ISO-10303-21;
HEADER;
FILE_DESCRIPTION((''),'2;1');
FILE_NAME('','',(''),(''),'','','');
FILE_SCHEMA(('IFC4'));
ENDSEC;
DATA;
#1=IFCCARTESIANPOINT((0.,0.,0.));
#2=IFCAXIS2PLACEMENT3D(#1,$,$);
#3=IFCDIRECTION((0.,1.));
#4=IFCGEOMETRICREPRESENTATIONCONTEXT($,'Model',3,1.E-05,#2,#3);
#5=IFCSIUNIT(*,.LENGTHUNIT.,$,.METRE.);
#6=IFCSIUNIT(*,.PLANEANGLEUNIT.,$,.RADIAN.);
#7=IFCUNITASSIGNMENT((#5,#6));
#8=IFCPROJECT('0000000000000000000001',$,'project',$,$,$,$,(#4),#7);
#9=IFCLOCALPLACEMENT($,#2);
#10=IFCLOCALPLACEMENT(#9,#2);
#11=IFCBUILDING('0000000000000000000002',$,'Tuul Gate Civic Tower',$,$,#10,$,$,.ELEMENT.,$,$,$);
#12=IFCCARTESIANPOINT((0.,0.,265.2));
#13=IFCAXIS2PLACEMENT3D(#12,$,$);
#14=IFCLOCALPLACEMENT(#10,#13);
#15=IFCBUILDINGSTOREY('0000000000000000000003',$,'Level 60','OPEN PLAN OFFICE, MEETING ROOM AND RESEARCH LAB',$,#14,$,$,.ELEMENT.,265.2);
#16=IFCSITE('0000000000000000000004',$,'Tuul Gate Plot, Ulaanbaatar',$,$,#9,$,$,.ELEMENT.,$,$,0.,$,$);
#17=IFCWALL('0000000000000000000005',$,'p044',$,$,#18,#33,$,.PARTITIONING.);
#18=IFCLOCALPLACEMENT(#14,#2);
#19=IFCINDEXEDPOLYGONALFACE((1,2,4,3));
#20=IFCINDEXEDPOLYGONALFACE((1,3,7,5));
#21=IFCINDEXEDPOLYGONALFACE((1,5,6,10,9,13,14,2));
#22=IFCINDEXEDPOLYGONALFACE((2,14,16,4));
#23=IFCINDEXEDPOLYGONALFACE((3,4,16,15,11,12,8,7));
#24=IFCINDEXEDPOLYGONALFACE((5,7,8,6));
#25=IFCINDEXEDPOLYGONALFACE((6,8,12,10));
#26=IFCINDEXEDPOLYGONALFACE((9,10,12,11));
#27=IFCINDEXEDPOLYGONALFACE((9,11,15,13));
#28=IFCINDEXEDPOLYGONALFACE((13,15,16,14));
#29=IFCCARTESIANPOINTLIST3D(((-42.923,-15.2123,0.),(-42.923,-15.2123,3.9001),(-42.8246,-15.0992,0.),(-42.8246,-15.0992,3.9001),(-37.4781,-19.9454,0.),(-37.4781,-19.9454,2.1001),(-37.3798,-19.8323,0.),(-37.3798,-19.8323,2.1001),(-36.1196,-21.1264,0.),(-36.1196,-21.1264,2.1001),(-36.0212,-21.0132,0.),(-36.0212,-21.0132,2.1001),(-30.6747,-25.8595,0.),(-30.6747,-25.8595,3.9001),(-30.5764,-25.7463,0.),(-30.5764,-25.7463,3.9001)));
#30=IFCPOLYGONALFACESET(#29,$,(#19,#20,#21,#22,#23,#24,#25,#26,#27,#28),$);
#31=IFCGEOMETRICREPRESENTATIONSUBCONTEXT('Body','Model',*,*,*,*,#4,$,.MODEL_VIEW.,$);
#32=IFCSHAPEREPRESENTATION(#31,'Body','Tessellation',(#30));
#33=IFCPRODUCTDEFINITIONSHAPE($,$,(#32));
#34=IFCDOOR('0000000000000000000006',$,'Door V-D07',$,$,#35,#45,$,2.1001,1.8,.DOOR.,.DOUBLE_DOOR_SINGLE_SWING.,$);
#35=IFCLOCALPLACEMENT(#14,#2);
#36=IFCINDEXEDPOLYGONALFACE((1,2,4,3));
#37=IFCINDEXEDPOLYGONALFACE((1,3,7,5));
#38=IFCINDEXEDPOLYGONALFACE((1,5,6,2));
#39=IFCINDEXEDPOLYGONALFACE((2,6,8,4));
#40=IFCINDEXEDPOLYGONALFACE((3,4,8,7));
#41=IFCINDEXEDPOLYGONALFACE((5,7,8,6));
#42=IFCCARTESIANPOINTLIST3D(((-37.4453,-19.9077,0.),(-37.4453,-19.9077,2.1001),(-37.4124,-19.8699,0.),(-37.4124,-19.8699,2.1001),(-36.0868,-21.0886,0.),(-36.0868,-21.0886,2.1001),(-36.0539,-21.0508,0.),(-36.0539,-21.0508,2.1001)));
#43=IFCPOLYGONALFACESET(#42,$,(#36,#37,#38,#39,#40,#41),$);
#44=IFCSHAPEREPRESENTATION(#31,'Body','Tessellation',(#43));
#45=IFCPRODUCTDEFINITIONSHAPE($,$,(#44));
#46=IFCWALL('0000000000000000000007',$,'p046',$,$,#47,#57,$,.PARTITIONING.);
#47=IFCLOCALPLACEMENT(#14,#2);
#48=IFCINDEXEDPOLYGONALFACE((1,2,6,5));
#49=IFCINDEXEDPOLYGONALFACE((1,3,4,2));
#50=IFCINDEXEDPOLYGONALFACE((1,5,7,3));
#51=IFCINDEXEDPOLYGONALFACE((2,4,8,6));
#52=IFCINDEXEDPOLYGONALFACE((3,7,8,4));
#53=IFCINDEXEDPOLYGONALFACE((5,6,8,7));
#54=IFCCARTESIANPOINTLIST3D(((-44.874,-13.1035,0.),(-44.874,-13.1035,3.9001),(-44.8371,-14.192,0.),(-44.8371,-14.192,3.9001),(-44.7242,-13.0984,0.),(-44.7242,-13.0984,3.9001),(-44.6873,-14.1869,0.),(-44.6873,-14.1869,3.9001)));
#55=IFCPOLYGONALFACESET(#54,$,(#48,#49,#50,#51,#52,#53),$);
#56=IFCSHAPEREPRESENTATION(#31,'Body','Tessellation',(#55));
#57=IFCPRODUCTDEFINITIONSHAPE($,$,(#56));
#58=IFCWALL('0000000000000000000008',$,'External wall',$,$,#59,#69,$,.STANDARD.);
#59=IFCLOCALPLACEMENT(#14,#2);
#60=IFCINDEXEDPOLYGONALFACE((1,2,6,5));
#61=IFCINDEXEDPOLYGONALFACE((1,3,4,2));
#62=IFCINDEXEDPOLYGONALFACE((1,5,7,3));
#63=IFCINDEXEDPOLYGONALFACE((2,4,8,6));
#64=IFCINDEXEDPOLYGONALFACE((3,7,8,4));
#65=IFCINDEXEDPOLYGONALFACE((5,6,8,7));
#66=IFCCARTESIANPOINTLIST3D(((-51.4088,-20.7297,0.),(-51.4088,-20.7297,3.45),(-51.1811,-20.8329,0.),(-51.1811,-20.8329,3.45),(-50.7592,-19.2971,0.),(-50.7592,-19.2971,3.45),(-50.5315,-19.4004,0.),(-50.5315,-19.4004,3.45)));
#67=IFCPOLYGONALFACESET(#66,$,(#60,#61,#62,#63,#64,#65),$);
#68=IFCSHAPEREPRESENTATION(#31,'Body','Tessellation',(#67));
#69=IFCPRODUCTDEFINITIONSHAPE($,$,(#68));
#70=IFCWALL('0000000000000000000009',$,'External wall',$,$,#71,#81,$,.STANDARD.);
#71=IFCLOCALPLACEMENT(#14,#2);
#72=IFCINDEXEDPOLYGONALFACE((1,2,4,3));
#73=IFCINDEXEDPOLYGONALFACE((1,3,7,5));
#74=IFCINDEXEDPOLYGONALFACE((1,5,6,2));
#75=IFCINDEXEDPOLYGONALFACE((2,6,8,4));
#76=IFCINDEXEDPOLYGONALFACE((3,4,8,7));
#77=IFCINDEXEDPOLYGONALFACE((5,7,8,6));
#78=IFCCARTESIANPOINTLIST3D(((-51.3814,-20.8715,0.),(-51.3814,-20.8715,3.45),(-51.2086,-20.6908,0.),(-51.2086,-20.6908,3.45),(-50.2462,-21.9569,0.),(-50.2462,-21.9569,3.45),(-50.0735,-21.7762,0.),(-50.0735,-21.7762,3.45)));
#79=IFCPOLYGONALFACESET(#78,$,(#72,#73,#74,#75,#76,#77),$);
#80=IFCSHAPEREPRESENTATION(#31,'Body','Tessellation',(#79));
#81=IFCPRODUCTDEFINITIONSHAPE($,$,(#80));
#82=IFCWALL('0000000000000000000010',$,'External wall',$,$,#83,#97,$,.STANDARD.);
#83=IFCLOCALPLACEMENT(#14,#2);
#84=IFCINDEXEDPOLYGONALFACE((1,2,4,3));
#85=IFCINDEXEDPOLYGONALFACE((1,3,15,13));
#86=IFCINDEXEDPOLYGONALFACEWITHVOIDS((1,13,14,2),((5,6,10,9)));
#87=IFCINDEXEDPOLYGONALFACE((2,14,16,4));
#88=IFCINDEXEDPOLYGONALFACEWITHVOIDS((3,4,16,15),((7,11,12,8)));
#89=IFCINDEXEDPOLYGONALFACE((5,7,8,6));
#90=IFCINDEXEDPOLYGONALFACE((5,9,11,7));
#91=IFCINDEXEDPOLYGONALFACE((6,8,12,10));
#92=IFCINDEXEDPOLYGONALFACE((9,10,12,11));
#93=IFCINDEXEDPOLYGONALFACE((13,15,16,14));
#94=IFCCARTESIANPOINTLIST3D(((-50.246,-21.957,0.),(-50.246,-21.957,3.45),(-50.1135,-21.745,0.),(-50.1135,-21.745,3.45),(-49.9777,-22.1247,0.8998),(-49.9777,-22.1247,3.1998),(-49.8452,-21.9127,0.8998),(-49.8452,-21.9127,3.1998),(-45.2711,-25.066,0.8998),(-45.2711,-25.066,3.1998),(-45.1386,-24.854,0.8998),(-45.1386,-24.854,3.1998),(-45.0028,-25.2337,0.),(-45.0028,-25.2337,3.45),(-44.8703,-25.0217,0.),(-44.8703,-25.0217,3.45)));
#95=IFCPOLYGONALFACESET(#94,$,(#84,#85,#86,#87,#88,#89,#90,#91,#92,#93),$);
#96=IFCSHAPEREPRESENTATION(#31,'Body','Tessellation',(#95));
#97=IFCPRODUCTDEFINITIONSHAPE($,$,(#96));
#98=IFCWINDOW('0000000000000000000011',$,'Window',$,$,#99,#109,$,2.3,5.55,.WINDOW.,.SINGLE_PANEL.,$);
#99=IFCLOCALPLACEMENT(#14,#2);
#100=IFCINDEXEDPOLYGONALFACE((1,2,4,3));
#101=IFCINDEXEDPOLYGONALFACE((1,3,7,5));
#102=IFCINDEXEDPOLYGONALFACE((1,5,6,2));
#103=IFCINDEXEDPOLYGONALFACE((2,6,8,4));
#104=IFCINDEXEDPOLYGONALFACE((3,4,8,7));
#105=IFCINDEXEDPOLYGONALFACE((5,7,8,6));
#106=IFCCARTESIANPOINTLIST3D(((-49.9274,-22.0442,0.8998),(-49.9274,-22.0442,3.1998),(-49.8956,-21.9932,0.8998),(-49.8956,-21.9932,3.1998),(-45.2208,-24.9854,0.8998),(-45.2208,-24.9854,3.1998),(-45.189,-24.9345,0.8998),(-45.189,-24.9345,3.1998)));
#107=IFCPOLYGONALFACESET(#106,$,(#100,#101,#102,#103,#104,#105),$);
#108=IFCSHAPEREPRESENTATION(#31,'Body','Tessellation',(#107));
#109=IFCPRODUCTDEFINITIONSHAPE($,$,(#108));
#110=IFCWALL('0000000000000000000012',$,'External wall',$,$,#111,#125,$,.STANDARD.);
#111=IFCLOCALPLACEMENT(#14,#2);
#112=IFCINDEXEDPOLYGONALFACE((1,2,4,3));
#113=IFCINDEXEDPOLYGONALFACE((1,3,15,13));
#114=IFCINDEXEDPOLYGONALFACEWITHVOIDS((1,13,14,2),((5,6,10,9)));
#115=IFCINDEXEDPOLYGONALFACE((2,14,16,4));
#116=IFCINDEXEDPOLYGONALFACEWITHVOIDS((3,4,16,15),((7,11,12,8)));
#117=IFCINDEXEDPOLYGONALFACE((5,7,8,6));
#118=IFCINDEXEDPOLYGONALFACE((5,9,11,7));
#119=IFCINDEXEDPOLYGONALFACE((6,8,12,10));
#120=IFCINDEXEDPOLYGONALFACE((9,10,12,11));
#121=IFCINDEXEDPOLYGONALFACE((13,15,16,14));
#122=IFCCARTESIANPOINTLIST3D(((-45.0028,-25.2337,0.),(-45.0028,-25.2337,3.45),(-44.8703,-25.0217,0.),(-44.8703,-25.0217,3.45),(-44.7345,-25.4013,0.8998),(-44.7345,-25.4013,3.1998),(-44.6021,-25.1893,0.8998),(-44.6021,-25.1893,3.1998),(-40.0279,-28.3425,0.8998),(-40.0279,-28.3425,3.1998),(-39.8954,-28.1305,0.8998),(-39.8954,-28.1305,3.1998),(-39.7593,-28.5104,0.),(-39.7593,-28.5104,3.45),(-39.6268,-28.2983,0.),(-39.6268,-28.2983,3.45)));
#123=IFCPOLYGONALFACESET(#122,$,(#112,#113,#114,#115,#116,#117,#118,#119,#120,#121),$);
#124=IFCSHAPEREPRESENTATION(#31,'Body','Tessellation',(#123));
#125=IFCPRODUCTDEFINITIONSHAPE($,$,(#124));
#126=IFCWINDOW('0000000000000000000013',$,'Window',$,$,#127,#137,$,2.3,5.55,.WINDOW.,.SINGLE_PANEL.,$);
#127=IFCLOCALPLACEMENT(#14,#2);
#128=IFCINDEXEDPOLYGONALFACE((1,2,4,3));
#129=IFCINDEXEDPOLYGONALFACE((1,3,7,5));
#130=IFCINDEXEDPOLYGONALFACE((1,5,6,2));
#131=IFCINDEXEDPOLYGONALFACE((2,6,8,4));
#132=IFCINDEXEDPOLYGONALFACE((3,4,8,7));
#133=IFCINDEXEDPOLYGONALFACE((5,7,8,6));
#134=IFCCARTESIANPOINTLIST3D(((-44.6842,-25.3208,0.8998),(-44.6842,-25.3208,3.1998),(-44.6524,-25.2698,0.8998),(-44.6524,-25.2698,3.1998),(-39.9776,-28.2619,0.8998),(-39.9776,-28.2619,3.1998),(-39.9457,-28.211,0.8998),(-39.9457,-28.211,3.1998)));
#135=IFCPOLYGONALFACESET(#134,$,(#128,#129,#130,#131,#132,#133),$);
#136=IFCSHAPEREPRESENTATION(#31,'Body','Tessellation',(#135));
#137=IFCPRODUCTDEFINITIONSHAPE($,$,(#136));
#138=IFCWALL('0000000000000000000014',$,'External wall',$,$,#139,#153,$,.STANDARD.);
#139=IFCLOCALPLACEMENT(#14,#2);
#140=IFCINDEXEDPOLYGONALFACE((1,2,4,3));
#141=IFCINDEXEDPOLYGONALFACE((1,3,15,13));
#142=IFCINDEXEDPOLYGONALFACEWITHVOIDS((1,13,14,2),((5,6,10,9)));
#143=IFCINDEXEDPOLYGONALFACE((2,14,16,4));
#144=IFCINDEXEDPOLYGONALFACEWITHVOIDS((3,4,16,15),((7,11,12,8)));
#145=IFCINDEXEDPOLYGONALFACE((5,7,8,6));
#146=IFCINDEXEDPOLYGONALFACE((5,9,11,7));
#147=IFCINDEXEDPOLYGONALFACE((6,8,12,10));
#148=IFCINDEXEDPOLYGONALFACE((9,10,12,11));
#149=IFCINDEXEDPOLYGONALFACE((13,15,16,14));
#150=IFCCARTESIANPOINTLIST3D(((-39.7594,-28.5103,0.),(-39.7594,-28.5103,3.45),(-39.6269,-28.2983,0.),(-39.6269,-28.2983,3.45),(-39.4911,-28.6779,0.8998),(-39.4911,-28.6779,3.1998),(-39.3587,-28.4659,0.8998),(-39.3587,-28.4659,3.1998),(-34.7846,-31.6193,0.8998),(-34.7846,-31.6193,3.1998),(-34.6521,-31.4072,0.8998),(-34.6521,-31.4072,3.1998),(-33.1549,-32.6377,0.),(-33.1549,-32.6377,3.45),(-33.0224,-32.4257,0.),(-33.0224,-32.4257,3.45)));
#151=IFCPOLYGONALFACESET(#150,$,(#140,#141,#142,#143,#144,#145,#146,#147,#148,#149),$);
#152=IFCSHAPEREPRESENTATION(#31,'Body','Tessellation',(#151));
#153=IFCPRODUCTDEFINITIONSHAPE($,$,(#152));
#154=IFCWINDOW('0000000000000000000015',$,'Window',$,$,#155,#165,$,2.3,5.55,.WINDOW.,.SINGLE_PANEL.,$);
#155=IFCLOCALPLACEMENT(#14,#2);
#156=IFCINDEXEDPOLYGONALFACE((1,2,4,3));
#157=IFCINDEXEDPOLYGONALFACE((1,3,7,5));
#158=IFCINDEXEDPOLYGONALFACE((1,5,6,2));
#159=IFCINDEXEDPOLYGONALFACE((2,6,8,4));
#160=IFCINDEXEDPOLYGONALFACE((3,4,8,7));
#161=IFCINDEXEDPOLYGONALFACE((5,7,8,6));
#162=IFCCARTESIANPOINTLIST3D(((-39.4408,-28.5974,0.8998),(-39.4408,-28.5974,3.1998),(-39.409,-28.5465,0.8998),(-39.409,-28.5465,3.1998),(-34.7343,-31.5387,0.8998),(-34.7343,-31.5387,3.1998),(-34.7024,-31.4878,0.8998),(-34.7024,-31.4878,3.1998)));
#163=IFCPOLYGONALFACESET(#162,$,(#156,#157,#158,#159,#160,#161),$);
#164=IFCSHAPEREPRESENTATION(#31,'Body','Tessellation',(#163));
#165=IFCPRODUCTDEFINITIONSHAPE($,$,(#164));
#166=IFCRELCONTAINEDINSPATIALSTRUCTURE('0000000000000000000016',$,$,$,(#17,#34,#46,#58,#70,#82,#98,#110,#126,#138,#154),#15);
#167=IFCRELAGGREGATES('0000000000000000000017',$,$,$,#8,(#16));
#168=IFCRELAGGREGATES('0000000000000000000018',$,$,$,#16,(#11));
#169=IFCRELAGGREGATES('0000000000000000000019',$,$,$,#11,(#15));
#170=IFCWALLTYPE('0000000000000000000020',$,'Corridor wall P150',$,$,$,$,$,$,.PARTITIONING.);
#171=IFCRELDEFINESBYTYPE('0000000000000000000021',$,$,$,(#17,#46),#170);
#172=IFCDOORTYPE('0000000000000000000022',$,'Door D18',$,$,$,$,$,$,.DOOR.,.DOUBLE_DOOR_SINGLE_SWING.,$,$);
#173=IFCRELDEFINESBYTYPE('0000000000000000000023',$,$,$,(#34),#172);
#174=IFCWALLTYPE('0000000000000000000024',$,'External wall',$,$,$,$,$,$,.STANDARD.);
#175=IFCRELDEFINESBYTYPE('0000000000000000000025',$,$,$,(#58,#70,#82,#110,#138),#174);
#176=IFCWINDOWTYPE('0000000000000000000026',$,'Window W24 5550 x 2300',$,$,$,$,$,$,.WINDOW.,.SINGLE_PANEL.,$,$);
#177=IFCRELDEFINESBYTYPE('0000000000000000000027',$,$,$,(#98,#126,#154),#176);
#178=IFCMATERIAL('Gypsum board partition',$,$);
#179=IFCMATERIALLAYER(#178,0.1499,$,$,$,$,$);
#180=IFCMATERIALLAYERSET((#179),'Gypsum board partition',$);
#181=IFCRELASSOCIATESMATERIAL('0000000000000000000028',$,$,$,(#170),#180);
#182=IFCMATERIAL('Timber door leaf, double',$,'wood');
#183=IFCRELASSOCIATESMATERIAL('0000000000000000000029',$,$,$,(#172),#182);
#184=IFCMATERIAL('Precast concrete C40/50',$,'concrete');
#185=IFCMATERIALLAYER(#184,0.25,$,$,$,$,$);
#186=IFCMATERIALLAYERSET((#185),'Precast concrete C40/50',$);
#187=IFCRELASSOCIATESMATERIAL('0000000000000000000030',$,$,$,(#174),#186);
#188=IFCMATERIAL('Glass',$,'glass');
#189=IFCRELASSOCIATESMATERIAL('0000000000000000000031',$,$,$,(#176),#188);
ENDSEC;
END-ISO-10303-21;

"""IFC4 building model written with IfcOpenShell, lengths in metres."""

from ifc_helpers import new_model, si_unit, direction, frame, frame_2d, origin, place, context, subcontext, project, spatial, rectangle, extrude, material, layer, layer_set, type_object, element, fill, save


model = new_model("IFC4")

# Units and contexts
model_context = context("Model", 3, precision=1e-05, world=origin(), true_north=direction((0.0, 1.0)))
body_context = subcontext(model_context, "Body", "Model", "MODEL_VIEW")
ifc_project = project(units=[si_unit("LENGTHUNIT", "METRE"), si_unit("PLANEANGLEUNIT", "RADIAN")], contexts=[model_context])

# Site, building, storey
site_placement = place(None, origin())
site = spatial("IfcSite", under=ifc_project, at=site_placement, Name="Tuul Gate Plot, Ulaanbaatar", CompositionType="ELEMENT", RefElevation=0.0)
building_placement = place(site_placement, origin())
building = spatial("IfcBuilding", under=site, at=building_placement, Name="Tuul Gate Civic Tower", CompositionType="ELEMENT")
storey_placement = place(building_placement, frame((0.0, 0.0, 265.2)))
storey = spatial("IfcBuildingStorey", under=building, at=storey_placement, Name="Level 60", Description="OPEN PLAN OFFICE, MEETING ROOM AND RESEARCH LAB", CompositionType="ELEMENT", Elevation=265.2)

# Shared definitions
ifc_material_1 = material(Name="Gypsum board partition")
ifc_layer_1 = layer(ifc_material_1, 0.1499)
ifc_layer_set_1 = layer_set([ifc_layer_1], Name="Gypsum board partition")
wall_type_1 = type_object("IfcWallType", Name="Corridor wall P150", PredefinedType="PARTITIONING", material=ifc_layer_set_1)

# Wall, opening, door
wall_1_placement = place(storey_placement, frame((-42.8738, -15.1558, 0.0), z_axis=(0.0, 0.0, 1.0), x_axis=(0.754711, -0.656057, 0.0)))
wall_1 = element("IfcWall", 1, at=wall_1_placement, inside=storey, type_object=wall_type_1, Name="p044", PredefinedType="PARTITIONING", context=body_context, shape_type="SweptSolid", body=[
    extrude(rectangle(XDim=16.229, YDim=0.1499, at=frame_2d((8.1145, 0.0))), origin(), (0.0, 0.0, 1.0), 3.9001),
])
opening_1_placement = place(wall_1_placement, frame((7.2146, 0.0, 0.0)))
opening_1 = element("IfcOpeningElement", 2, at=opening_1_placement, cuts=wall_1, PredefinedType="OPENING", context=body_context, shape_type="SweptSolid", body=[
    extrude(rectangle(XDim=1.8, YDim=2.1001, at=frame_2d((0.8999, 1.05))), frame((0.0, 0.085, 0.0), z_axis=(0.0, -1.0, 0.0), x_axis=(1.0, 0.0, 0.0)), (0.0, 0.0, 1.0), 0.1699),
])
ifc_material_2 = material(Name="Timber door leaf, double", Category="wood")
door_type = type_object("IfcDoorType", Name="Door D18", OperationType="DOUBLE_DOOR_SINGLE_SWING", PredefinedType="DOOR", material=ifc_material_2)
door_placement = place(opening_1_placement, frame((1.8, 0.0, 0.0), z_axis=(0.0, 0.0, 1.0), x_axis=(-1.0, 0.0, 0.0)))
door = element("IfcDoor", 3, at=door_placement, inside=storey, type_object=door_type, Name="Door V-D07", OperationType="DOUBLE_DOOR_SINGLE_SWING", OverallHeight=2.1001, OverallWidth=1.8, PredefinedType="DOOR", context=body_context, shape_type="SweptSolid", body=[
    extrude(rectangle(XDim=1.8, YDim=2.1001, at=frame_2d((0.9001, 1.05))), frame((0.0, 0.0249, 0.0), z_axis=(0.0, -1.0, 0.0), x_axis=(1.0, 0.0, 0.0)), (0.0, 0.0, 1.0), 0.05),
])
fill(opening_1, door)

# Walls
wall_2_placement = place(storey_placement, frame((-44.7991, -13.1011, 0.0), z_axis=(0.0, 0.0, 1.0), x_axis=(0.033852, -0.999427, 0.0)))
element("IfcWall", 4, at=wall_2_placement, inside=storey, type_object=wall_type_1, Name="p046", PredefinedType="PARTITIONING", context=body_context, shape_type="SweptSolid", body=[
    extrude(rectangle(XDim=1.0891, YDim=0.1499, at=frame_2d((0.5444, 0.0))), origin(), (0.0, 0.0, 1.0), 3.9001),
])
ifc_material_3 = material(Name="Precast concrete C40/50", Category="concrete")
ifc_layer_2 = layer(ifc_material_3, 0.25)
ifc_layer_set_2 = layer_set([ifc_layer_2], Name="Precast concrete C40/50")
wall_type_2 = type_object("IfcWallType", Name="External wall", PredefinedType="STANDARD", material=ifc_layer_set_2)
wall_3_placement = place(storey_placement, frame((-50.6453, -19.3486, 0.0), z_axis=(0.0, 0.0, 1.0), x_axis=(-0.412996, -0.910733, 0.0)))
element("IfcWall", 5, at=wall_3_placement, inside=storey, type_object=wall_type_2, Name="External wall", PredefinedType="STANDARD", context=body_context, shape_type="SweptSolid", body=[
    extrude(rectangle(XDim=1.573, YDim=0.25, at=frame_2d((0.7866, 0.0))), origin(), (0.0, 0.0, 1.0), 3.45),
])
wall_4_placement = place(storey_placement, frame((-51.2949, -20.7812, 0.0), z_axis=(0.0, 0.0, 1.0), x_axis=(0.722784, -0.691074, 0.0)))
element("IfcWall", 6, at=wall_4_placement, inside=storey, type_object=wall_type_2, Name="External wall", PredefinedType="STANDARD", context=body_context, shape_type="SweptSolid", body=[
    extrude(rectangle(XDim=1.5706, YDim=0.25, at=frame_2d((0.7852, 0.0))), origin(), (0.0, 0.0, 1.0), 3.45),
])

# Walls, openings, windows
wall_5_placement = place(storey_placement, frame((-50.1797, -21.8511, 0.0), z_axis=(0.0, 0.0, 1.0), x_axis=(0.848025, -0.529956, 0.0)))
wall_5 = element("IfcWall", 7, at=wall_5_placement, inside=storey, type_object=wall_type_2, Name="External wall", PredefinedType="STANDARD", context=body_context, shape_type="SweptSolid", body=[
    extrude(rectangle(XDim=6.1829, YDim=0.25, at=frame_2d((3.0913, 0.0))), origin(), (0.0, 0.0, 1.0), 3.45),
])
opening_2_placement = place(wall_5_placement, frame((0.3164, 0.0, 0.8999)))
opening_2 = element("IfcOpeningElement", 8, at=opening_2_placement, cuts=wall_5, PredefinedType="OPENING", context=body_context, shape_type="SweptSolid", body=[
    extrude(rectangle(XDim=5.55, YDim=2.3, at=frame_2d((2.7749, 1.1499))), frame((0.0, 0.135, 0.0), z_axis=(0.0, -1.0, 0.0), x_axis=(1.0, 0.0, 0.0)), (0.0, 0.0, 1.0), 0.27),
])
ifc_material_4 = material(Name="Glass", Category="glass")
window_type = type_object("IfcWindowType", Name="Window W24 5550 x 2300", PartitioningType="SINGLE_PANEL", PredefinedType="WINDOW", material=ifc_material_4)
window_1_placement = place(opening_2_placement, origin())
window_1 = element("IfcWindow", 9, at=window_1_placement, inside=storey, type_object=window_type, Name="Window", OverallHeight=2.3, OverallWidth=5.55, PartitioningType="SINGLE_PANEL", PredefinedType="WINDOW", context=body_context, shape_type="SweptSolid", body=[
    extrude(rectangle(XDim=5.55, YDim=2.3, at=frame_2d((2.7749, 1.1499))), frame((0.0, 0.03, 0.0), z_axis=(0.0, -1.0, 0.0), x_axis=(1.0, 0.0, 0.0)), (0.0, 0.0, 1.0), 0.0601),
])
fill(opening_2, window_1)
wall_6_placement = place(storey_placement, frame((-44.9365, -25.1277, 0.0), z_axis=(0.0, 0.0, 1.0), x_axis=(0.848036, -0.529939, 0.0)))
wall_6 = element("IfcWall", 10, at=wall_6_placement, inside=storey, type_object=wall_type_2, Name="External wall", PredefinedType="STANDARD", context=body_context, shape_type="SweptSolid", body=[
    extrude(rectangle(XDim=6.1831, YDim=0.25, at=frame_2d((3.0916, 0.0))), origin(), (0.0, 0.0, 1.0), 3.45),
])
opening_3_placement = place(wall_6_placement, frame((0.3164, 0.0, 0.8999)))
opening_3 = element("IfcOpeningElement", 11, at=opening_3_placement, cuts=wall_6, PredefinedType="OPENING", context=body_context, shape_type="SweptSolid", body=[
    extrude(rectangle(XDim=5.55, YDim=2.3, at=frame_2d((2.7749, 1.1499))), frame((0.0, 0.135, 0.0), z_axis=(0.0, -1.0, 0.0), x_axis=(1.0, 0.0, 0.0)), (0.0, 0.0, 1.0), 0.27),
])
window_2_placement = place(opening_3_placement, origin())
window_2 = element("IfcWindow", 12, at=window_2_placement, inside=storey, type_object=window_type, Name="Window", OverallHeight=2.3, OverallWidth=5.55, PartitioningType="SINGLE_PANEL", PredefinedType="WINDOW", context=body_context, shape_type="SweptSolid", body=[
    extrude(rectangle(XDim=5.55, YDim=2.3, at=frame_2d((2.7749, 1.1499))), frame((0.0, 0.03, 0.0), z_axis=(0.0, -1.0, 0.0), x_axis=(1.0, 0.0, 0.0)), (0.0, 0.0, 1.0), 0.0601),
])
fill(opening_3, window_2)
wall_7_placement = place(storey_placement, frame((-39.6931, -28.4043, 0.0), z_axis=(0.0, 0.0, 1.0), x_axis=(0.848019, -0.529965, 0.0)))
wall_7 = element("IfcWall", 13, at=wall_7_placement, inside=storey, type_object=wall_type_2, Name="External wall", PredefinedType="STANDARD", context=body_context, shape_type="SweptSolid", body=[
    extrude(rectangle(XDim=7.7881, YDim=0.25, at=frame_2d((3.894, 0.0))), origin(), (0.0, 0.0, 1.0), 3.45),
])
opening_4_placement = place(wall_7_placement, frame((0.3164, 0.0, 0.8999)))
opening_4 = element("IfcOpeningElement", 14, at=opening_4_placement, cuts=wall_7, PredefinedType="OPENING", context=body_context, shape_type="SweptSolid", body=[
    extrude(rectangle(XDim=5.55, YDim=2.3, at=frame_2d((2.7749, 1.1499))), frame((0.0, 0.135, 0.0), z_axis=(0.0, -1.0, 0.0), x_axis=(1.0, 0.0, 0.0)), (0.0, 0.0, 1.0), 0.27),
])
window_3_placement = place(opening_4_placement, origin())
window_3 = element("IfcWindow", 15, at=window_3_placement, inside=storey, type_object=window_type, Name="Window", OverallHeight=2.3, OverallWidth=5.55, PartitioningType="SINGLE_PANEL", PredefinedType="WINDOW", context=body_context, shape_type="SweptSolid", body=[
    extrude(rectangle(XDim=5.55, YDim=2.3, at=frame_2d((2.7749, 1.1499))), frame((0.0, 0.03, 0.0), z_axis=(0.0, -1.0, 0.0), x_axis=(1.0, 0.0, 0.0)), (0.0, 0.0, 1.0), 0.0601),
])
fill(opening_4, window_3)

save(model, "model.ifc")
